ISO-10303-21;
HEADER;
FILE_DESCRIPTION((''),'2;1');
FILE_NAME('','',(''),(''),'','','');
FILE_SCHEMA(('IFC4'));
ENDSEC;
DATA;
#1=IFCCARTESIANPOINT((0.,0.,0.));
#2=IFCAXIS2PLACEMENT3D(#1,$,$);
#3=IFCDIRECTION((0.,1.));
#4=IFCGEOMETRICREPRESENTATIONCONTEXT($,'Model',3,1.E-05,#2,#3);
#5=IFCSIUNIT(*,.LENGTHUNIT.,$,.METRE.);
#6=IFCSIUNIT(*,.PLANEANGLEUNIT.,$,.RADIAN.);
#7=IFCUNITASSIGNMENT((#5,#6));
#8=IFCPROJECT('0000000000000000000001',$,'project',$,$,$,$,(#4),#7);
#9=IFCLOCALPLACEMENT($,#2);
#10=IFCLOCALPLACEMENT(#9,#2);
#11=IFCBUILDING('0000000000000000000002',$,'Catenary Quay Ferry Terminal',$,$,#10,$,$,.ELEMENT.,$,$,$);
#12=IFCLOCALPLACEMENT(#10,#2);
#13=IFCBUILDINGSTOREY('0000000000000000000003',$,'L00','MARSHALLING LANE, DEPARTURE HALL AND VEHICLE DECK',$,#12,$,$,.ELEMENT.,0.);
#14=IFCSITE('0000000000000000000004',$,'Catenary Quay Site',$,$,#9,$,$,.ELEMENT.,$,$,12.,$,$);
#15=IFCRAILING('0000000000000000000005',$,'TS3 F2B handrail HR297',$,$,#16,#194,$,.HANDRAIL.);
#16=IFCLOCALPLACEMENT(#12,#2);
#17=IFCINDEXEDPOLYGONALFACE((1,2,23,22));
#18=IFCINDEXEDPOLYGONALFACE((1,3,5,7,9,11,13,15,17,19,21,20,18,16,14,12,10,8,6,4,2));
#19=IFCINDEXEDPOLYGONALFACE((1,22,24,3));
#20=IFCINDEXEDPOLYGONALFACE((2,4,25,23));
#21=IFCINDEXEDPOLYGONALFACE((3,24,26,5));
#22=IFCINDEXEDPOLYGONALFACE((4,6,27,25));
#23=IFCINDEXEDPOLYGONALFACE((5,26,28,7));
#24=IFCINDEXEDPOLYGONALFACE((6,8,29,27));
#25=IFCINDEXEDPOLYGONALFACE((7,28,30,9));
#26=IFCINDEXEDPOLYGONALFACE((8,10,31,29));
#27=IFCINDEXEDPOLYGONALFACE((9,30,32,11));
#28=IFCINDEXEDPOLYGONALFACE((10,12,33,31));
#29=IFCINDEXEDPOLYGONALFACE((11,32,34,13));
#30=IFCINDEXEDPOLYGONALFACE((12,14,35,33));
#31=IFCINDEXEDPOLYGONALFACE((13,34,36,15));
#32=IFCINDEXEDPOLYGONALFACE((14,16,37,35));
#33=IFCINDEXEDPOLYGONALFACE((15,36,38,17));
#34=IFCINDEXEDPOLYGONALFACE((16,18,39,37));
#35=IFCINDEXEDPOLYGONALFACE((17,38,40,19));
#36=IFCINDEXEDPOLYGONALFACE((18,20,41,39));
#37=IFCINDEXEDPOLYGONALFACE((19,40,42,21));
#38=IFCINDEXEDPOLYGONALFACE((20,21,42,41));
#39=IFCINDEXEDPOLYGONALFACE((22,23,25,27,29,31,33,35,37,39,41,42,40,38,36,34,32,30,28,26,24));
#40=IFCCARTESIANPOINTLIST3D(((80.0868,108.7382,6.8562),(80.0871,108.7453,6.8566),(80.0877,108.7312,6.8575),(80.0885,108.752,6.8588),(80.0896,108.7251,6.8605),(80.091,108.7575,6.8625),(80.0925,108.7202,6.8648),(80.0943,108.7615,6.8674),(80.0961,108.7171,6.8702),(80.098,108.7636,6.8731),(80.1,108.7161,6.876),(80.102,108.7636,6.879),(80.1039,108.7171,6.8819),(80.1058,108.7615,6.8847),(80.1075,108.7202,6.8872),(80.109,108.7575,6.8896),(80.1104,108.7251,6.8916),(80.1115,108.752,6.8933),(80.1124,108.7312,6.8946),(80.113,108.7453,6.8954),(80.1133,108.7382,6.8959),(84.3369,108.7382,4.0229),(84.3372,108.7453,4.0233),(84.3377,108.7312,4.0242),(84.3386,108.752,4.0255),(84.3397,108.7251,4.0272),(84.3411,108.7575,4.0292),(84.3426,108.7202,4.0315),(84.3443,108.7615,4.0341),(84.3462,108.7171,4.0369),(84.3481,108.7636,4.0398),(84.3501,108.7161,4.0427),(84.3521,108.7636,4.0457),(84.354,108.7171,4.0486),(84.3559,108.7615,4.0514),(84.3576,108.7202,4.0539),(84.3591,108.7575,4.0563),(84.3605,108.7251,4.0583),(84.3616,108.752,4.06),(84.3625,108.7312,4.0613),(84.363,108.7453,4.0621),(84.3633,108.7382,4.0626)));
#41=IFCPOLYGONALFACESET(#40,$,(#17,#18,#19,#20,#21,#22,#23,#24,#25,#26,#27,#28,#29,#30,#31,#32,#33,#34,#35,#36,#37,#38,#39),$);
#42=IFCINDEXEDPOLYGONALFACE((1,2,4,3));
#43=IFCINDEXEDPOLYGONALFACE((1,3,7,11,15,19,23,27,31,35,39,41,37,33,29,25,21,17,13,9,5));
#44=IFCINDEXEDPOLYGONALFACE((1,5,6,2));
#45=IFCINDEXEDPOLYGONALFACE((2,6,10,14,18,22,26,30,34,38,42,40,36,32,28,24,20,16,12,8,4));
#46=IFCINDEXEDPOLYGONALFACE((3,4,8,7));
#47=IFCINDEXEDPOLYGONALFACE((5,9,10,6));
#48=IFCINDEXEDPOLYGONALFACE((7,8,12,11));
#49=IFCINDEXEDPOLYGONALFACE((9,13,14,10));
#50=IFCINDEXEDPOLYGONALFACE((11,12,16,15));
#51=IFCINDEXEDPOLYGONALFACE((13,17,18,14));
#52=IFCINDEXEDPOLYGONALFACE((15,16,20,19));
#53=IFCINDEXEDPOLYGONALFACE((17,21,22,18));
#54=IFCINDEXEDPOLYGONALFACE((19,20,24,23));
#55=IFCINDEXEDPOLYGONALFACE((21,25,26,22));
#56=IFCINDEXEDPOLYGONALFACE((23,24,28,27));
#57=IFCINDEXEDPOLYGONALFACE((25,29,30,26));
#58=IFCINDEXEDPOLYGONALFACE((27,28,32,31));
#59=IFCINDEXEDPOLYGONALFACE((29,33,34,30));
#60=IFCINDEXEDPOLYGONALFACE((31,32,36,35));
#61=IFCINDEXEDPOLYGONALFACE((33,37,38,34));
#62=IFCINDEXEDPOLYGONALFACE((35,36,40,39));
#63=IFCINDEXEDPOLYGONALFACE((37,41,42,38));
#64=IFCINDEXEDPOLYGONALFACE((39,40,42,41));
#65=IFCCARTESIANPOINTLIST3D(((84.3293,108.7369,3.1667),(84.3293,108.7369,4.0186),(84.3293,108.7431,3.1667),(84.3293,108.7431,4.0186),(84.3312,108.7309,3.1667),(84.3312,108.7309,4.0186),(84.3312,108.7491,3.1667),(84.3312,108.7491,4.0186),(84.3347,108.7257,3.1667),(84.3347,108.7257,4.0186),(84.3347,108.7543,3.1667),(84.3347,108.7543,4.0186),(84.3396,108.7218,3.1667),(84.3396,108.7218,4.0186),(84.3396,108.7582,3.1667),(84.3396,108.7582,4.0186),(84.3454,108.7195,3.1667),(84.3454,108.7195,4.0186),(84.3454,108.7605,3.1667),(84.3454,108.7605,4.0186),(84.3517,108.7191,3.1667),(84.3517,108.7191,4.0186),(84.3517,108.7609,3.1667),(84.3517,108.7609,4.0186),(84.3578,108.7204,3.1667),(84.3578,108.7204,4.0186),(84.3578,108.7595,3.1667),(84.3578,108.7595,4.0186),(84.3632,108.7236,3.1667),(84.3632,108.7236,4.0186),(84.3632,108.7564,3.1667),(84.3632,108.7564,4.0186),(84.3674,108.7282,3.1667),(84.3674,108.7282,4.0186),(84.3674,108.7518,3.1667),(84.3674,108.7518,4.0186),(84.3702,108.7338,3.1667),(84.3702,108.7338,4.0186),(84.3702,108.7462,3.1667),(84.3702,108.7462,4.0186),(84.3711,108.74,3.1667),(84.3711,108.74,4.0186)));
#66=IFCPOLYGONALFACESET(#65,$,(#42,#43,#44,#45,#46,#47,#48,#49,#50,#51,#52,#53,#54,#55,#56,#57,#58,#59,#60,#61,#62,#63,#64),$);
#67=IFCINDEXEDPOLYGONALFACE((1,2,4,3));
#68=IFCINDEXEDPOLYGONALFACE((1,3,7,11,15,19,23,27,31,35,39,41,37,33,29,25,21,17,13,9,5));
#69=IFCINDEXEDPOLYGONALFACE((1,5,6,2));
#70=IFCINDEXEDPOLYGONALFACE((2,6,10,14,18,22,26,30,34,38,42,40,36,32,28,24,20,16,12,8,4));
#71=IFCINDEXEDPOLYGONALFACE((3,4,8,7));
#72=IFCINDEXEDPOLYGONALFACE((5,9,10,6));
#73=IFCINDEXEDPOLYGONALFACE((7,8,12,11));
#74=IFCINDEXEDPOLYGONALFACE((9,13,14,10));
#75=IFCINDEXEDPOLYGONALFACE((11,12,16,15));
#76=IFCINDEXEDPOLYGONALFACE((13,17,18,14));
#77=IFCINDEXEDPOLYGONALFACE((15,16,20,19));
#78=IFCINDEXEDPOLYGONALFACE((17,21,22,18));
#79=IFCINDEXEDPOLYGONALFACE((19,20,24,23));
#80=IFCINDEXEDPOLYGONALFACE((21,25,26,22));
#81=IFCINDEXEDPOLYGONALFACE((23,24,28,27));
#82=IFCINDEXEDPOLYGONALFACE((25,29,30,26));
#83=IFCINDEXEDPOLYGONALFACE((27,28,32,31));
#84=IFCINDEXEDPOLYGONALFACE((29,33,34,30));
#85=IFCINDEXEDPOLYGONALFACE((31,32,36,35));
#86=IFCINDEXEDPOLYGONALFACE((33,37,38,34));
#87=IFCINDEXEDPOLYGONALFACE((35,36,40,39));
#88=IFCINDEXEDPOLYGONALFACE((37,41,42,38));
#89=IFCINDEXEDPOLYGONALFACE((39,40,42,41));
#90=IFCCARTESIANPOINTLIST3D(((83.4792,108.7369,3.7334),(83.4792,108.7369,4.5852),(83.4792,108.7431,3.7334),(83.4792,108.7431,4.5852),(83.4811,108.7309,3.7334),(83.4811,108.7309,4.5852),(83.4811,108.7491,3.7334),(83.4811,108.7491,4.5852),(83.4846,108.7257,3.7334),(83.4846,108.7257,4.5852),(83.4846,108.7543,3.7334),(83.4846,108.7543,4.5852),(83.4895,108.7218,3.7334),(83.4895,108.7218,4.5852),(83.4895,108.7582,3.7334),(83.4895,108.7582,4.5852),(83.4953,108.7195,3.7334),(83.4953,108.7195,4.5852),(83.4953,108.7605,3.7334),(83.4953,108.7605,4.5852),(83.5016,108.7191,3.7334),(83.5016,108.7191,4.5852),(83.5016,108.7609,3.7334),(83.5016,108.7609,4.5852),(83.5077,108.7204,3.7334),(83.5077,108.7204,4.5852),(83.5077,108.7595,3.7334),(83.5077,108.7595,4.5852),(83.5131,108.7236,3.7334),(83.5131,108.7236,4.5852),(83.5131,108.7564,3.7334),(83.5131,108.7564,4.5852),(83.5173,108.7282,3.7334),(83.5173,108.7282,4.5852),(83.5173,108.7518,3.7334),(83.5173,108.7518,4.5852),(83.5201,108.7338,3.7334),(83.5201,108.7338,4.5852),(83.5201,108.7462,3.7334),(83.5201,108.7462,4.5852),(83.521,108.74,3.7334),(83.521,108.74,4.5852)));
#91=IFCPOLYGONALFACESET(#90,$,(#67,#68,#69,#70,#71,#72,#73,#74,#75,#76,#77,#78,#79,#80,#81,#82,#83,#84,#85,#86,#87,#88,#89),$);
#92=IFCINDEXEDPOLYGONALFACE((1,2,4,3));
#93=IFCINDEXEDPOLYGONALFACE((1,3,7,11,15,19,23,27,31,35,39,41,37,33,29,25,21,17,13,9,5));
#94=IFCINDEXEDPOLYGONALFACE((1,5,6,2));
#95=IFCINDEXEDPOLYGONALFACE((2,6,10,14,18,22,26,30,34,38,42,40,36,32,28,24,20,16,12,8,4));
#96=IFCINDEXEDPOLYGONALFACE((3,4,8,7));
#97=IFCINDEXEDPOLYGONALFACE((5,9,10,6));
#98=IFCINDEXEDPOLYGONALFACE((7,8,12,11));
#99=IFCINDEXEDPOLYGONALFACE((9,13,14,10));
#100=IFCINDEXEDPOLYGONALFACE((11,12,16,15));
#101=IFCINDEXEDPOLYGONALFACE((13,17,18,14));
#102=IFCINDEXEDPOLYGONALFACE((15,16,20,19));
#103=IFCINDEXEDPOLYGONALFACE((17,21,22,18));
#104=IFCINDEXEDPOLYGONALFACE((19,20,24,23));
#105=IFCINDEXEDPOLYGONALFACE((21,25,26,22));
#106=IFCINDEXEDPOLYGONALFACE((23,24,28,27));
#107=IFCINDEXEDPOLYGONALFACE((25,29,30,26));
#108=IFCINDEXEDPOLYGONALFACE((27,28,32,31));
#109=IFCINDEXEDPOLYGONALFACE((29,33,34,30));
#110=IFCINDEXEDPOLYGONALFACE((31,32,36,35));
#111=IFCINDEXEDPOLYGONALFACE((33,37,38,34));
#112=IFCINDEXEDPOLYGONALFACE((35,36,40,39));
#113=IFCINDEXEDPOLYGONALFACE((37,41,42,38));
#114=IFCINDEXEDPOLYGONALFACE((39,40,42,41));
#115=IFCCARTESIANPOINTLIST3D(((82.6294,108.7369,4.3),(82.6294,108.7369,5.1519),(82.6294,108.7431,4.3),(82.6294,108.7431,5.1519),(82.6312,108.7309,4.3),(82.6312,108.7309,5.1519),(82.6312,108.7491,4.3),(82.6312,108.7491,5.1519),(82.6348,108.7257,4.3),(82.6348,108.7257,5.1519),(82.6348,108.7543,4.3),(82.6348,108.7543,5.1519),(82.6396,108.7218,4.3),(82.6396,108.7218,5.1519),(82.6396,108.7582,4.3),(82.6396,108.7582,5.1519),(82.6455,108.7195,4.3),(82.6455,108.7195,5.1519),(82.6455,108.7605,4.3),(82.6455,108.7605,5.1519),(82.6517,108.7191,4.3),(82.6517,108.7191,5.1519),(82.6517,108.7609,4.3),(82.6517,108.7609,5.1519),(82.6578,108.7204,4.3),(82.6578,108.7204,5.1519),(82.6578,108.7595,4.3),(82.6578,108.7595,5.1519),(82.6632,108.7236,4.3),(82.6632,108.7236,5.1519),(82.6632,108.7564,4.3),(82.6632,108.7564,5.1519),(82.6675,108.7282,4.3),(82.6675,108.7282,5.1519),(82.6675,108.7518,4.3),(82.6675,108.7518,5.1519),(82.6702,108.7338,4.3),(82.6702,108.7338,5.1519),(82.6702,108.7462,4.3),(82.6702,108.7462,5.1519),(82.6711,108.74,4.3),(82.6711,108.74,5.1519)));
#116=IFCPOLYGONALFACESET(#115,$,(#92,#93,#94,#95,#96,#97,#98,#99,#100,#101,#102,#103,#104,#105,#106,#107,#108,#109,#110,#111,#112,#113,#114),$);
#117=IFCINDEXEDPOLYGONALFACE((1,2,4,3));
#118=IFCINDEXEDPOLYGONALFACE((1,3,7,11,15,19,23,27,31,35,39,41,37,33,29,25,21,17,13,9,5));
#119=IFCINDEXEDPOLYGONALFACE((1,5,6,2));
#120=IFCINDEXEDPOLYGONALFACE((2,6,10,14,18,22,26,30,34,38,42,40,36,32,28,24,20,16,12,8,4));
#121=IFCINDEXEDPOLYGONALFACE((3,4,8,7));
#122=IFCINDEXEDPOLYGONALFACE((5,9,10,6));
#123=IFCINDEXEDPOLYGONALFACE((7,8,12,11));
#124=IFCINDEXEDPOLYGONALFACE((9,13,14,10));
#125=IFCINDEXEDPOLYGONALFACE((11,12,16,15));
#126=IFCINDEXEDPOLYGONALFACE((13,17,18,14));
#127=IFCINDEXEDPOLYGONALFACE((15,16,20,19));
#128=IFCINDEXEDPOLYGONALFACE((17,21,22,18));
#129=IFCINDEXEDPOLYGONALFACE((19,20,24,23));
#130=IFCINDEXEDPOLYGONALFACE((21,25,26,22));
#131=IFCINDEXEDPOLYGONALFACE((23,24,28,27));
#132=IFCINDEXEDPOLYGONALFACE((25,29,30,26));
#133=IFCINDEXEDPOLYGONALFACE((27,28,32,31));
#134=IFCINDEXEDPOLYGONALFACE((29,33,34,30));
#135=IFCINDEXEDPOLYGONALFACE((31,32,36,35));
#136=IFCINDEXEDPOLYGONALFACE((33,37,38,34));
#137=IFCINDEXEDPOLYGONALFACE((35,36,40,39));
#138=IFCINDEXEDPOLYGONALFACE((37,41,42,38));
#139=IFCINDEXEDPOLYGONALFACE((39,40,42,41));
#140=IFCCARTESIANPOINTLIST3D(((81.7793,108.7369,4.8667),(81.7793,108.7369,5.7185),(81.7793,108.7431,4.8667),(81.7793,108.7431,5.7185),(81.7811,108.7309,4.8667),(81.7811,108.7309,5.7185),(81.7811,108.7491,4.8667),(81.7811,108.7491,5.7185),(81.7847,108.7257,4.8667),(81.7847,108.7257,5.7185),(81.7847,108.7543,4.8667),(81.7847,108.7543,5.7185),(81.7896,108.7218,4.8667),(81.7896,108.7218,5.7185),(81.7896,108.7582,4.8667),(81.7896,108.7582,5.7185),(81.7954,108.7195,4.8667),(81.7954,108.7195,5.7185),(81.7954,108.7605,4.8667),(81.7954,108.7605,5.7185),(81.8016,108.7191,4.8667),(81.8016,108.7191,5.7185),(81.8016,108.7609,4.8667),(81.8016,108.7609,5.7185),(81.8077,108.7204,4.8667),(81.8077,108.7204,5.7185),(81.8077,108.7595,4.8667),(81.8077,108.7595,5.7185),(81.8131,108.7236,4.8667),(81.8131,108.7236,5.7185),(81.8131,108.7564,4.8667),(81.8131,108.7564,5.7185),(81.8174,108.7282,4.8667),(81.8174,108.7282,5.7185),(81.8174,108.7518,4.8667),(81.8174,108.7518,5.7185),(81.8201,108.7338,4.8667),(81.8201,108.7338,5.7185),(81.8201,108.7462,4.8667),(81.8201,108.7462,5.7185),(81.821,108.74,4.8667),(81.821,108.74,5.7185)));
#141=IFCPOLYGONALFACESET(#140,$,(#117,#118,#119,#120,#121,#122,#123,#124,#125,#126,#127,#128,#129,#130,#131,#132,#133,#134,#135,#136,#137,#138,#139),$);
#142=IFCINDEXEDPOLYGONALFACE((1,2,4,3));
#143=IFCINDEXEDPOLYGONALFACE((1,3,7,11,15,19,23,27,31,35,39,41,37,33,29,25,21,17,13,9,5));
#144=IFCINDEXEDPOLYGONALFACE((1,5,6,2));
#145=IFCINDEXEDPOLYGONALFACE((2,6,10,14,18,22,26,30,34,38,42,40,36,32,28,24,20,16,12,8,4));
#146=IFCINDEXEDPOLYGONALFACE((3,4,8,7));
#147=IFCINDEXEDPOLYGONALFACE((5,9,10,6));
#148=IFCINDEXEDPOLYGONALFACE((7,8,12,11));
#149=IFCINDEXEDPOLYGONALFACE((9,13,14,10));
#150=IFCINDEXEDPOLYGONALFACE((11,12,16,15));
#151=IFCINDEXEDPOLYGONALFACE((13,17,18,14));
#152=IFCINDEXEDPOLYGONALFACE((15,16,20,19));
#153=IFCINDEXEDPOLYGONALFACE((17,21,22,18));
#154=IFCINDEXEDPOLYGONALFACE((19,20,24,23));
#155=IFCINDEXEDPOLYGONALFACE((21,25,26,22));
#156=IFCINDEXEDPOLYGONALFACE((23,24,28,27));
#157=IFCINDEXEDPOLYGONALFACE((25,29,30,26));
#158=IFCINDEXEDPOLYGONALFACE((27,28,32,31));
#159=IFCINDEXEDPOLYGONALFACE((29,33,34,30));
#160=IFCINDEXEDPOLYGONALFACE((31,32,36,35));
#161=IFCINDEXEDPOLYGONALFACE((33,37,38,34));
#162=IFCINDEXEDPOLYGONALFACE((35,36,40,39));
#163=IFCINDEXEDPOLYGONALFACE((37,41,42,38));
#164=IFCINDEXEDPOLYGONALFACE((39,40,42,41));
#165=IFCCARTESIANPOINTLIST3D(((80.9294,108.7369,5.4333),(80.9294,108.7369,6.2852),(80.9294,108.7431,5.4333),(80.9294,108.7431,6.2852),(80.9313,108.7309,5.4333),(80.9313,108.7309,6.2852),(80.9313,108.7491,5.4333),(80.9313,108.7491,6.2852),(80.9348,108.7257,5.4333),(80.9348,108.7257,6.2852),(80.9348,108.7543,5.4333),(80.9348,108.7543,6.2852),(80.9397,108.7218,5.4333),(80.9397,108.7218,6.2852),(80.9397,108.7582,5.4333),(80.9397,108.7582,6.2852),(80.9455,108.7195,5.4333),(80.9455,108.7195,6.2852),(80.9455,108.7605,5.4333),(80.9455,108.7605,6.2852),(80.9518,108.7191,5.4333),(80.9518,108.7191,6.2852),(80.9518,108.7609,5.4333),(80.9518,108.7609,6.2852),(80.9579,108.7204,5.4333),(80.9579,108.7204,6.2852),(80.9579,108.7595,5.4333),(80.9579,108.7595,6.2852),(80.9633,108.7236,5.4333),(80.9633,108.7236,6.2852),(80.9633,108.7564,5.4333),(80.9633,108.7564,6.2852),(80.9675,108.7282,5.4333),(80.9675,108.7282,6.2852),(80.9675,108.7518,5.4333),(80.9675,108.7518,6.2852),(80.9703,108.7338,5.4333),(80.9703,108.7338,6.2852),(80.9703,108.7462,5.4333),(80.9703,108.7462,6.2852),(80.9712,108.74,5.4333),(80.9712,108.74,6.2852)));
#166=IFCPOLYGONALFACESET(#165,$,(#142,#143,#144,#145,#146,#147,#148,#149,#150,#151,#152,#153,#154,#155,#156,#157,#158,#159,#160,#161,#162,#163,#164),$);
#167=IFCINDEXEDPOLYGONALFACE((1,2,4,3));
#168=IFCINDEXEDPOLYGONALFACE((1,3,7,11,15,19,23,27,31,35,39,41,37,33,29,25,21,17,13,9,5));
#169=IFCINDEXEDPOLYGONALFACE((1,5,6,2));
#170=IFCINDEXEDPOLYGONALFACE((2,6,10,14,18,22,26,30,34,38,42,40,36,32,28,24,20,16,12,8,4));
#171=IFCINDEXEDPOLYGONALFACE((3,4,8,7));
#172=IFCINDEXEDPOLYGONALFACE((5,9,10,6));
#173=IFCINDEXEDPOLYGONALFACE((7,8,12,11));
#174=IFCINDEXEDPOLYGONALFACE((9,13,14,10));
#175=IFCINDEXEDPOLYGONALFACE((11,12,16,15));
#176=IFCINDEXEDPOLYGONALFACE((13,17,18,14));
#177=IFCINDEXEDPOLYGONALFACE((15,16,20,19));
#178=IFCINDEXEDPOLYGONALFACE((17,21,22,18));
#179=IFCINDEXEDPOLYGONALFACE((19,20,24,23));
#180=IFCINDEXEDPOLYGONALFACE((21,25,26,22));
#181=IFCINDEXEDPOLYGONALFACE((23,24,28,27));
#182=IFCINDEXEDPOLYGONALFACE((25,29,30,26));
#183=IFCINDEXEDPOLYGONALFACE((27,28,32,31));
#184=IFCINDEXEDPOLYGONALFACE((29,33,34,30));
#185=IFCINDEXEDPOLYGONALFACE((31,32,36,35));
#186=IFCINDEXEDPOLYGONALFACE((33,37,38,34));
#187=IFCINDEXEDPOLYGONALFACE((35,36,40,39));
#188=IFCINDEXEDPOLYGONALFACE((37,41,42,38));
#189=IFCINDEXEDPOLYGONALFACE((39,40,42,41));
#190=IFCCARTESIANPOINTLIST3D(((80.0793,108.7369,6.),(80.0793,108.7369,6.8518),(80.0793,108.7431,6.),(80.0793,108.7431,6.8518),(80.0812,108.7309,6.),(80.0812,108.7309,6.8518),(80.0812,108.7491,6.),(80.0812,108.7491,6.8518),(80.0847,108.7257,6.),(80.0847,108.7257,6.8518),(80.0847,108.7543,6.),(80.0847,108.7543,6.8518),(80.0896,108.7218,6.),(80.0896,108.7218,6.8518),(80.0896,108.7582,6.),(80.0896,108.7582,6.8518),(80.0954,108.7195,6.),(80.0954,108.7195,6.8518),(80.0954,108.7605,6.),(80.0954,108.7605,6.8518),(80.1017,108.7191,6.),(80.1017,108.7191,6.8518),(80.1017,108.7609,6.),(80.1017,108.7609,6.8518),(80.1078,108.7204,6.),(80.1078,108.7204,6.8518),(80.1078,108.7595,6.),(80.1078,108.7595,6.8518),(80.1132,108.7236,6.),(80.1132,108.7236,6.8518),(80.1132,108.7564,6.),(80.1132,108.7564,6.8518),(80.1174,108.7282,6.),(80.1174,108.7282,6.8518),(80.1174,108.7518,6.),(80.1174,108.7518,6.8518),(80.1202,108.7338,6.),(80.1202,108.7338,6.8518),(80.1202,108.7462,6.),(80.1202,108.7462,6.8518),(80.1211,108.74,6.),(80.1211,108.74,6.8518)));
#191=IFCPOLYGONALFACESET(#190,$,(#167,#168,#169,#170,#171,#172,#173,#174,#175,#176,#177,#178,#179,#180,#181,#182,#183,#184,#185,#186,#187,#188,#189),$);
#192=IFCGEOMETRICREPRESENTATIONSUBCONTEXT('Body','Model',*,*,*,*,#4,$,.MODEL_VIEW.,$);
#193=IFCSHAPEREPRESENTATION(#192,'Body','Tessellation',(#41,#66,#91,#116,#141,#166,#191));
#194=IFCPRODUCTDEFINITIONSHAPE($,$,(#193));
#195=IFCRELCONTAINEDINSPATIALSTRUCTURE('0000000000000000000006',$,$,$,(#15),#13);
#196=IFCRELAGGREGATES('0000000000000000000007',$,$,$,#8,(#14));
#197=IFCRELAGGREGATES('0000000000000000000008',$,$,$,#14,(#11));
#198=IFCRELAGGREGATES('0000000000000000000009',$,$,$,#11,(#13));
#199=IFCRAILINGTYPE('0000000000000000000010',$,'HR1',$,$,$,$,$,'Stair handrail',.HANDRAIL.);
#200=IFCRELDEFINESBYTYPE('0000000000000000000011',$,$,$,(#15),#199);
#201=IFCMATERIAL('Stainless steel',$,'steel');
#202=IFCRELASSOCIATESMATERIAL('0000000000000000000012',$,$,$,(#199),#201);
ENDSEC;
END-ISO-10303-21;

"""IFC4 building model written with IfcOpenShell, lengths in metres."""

from ifc_helpers import new_model, si_unit, direction, frame, origin, origin_2d, place, context, subcontext, project, spatial, circle, extrude, material, type_object, element, save


model = new_model("IFC4")

# Units and contexts
model_context = context("Model", 3, precision=1e-05, world=origin(), true_north=direction((0.0, 1.0)))
body_context = subcontext(model_context, "Body", "Model", "MODEL_VIEW")
ifc_project = project(units=[si_unit("LENGTHUNIT", "METRE"), si_unit("PLANEANGLEUNIT", "RADIAN")], contexts=[model_context])

# Site, building, storey
site_placement = place(None, origin())
site = spatial("IfcSite", under=ifc_project, at=site_placement, Name="Catenary Quay Site", CompositionType="ELEMENT", RefElevation=12.0)
building_placement = place(site_placement, origin())
building = spatial("IfcBuilding", under=site, at=building_placement, Name="Catenary Quay Ferry Terminal", CompositionType="ELEMENT")
storey_placement = place(building_placement, origin())
storey = spatial("IfcBuildingStorey", under=building, at=storey_placement, Name="L00", Description="MARSHALLING LANE, DEPARTURE HALL AND VEHICLE DECK", CompositionType="ELEMENT", Elevation=0.0)

# Railing
ifc_material_1 = material(Name="Stainless steel", Category="steel")
railing_type = type_object("IfcRailingType", Name="HR1", ElementType="Stair handrail", PredefinedType="HANDRAIL", material=ifc_material_1)
railing_placement = place(storey_placement, frame((84.3501, 108.74, 3.1667)))
element("IfcRailing", 1, at=railing_placement, inside=storey, type_object=railing_type, Name="TS3 F2B handrail HR297", PredefinedType="HANDRAIL", context=body_context, shape_type="SweptSolid", body=[
    extrude(circle(Radius=0.0239, at=origin_2d()), frame((0.0, 0.0, 0.876), z_axis=(-0.832058, 0.0, 0.554689), x_axis=(0.0, -1.0, 0.0)), (0.0, 0.0, 1.0), 5.1079),
    extrude(circle(Radius=0.021, at=origin_2d()), origin(), (0.0, 0.0, 1.0), 0.8518),
    extrude(circle(Radius=0.021, at=origin_2d()), frame((-0.8501, 0.0, 0.5667)), (0.0, 0.0, 1.0), 0.8518),
    extrude(circle(Radius=0.021, at=origin_2d()), frame((-1.7, 0.0, 1.1333)), (0.0, 0.0, 1.0), 0.8518),
    extrude(circle(Radius=0.021, at=origin_2d()), frame((-2.55, 0.0, 1.7)), (0.0, 0.0, 1.0), 0.8518),
    extrude(circle(Radius=0.021, at=origin_2d()), frame((-3.3999, 0.0, 2.2666)), (0.0, 0.0, 1.0), 0.8518),
    extrude(circle(Radius=0.021, at=origin_2d()), frame((-4.25, 0.0, 2.8333)), (0.0, 0.0, 1.0), 0.8518),
])

save(model, "model.ifc")
